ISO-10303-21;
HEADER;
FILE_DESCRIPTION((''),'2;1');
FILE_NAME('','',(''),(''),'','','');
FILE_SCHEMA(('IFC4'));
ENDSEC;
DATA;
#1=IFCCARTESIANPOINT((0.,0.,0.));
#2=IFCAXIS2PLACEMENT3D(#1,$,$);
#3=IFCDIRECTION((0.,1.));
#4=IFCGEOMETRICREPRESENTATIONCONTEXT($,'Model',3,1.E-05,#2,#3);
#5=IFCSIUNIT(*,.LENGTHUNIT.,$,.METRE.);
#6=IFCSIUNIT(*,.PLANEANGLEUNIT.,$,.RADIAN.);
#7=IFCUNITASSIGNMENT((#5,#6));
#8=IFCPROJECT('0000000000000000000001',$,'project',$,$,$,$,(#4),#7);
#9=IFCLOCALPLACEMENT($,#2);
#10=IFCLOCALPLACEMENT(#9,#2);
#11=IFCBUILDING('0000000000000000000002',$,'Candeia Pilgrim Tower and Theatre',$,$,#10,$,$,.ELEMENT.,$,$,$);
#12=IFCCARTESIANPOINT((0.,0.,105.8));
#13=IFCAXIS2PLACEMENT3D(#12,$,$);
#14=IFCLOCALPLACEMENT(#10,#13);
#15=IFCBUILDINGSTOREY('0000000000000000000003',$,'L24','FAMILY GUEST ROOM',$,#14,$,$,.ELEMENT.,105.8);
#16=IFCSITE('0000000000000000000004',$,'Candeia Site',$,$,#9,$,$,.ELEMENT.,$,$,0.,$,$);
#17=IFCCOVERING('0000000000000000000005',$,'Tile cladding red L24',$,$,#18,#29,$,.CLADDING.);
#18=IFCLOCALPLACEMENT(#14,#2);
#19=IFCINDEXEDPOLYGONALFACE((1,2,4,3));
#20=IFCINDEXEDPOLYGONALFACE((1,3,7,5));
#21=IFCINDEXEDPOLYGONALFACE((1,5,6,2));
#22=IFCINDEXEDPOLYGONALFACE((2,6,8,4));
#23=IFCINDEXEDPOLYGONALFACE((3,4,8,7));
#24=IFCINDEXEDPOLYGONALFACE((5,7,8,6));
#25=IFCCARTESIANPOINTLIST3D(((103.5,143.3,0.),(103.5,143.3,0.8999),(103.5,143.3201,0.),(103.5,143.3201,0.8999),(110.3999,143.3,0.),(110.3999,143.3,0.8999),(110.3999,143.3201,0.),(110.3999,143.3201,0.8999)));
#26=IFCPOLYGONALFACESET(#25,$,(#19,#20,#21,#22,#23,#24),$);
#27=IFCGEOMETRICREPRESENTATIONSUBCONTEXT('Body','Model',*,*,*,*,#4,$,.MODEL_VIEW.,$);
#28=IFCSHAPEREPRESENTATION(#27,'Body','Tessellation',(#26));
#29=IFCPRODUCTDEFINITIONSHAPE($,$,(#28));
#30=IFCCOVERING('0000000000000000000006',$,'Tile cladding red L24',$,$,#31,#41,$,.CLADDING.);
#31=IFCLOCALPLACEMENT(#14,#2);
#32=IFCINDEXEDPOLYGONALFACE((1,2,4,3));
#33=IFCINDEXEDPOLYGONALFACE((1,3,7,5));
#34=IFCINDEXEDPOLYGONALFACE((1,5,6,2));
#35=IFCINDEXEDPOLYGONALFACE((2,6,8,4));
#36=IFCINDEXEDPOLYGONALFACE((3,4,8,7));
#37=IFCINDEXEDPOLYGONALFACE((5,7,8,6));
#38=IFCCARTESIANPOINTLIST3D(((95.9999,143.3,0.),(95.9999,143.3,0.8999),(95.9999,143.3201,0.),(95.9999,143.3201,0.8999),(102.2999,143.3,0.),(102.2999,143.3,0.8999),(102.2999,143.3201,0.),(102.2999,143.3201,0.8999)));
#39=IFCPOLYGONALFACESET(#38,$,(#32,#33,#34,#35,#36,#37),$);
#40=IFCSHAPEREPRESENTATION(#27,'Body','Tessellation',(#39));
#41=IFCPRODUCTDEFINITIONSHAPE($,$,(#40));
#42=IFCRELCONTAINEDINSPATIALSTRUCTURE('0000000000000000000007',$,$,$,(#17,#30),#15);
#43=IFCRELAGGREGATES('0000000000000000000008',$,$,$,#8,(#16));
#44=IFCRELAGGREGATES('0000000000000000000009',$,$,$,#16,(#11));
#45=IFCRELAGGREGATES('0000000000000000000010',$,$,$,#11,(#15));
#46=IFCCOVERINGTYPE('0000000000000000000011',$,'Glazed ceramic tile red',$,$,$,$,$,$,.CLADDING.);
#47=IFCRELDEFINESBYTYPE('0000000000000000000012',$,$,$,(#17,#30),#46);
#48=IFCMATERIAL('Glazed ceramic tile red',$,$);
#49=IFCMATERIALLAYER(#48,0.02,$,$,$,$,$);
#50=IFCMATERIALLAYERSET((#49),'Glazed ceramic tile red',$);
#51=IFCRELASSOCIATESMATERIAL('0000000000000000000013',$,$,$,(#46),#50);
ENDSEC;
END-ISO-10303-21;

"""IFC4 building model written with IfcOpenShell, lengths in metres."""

from ifc_helpers import new_model, si_unit, direction, frame, origin, origin_2d, place, context, subcontext, project, spatial, rectangle, extrude, material, layer, layer_set, type_object, element, save


model = new_model("IFC4")

# Units and contexts
model_context = context("Model", 3, precision=1e-05, world=origin(), true_north=direction((0.0, 1.0)))
body_context = subcontext(model_context, "Body", "Model", "MODEL_VIEW")
ifc_project = project(units=[si_unit("LENGTHUNIT", "METRE"), si_unit("PLANEANGLEUNIT", "RADIAN")], contexts=[model_context])

# Site, building, storey
site_placement = place(None, origin())
site = spatial("IfcSite", under=ifc_project, at=site_placement, Name="Candeia Site", CompositionType="ELEMENT", RefElevation=0.0)
building_placement = place(site_placement, origin())
building = spatial("IfcBuilding", under=site, at=building_placement, Name="Candeia Pilgrim Tower and Theatre", CompositionType="ELEMENT")
storey_placement = place(building_placement, frame((0.0, 0.0, 105.8)))
storey = spatial("IfcBuildingStorey", under=building, at=storey_placement, Name="L24", Description="FAMILY GUEST ROOM", CompositionType="ELEMENT", Elevation=105.8)

# Coverings
ifc_material_1 = material(Name="Glazed ceramic tile red")
ifc_layer_1 = layer(ifc_material_1, 0.02)
ifc_layer_set_1 = layer_set([ifc_layer_1], Name="Glazed ceramic tile red")
covering_type = type_object("IfcCoveringType", Name="Glazed ceramic tile red", PredefinedType="CLADDING", material=ifc_layer_set_1)
covering_1_placement = place(storey_placement, frame((106.95, 143.3101, 0.0), z_axis=(0.0, 0.0, 1.0), x_axis=(-1.0, 0.0, 0.0)))
element("IfcCovering", 1, at=covering_1_placement, inside=storey, type_object=covering_type, Name="Tile cladding red L24", PredefinedType="CLADDING", context=body_context, shape_type="SweptSolid", body=[
    extrude(rectangle(XDim=6.8999, YDim=0.02, at=origin_2d()), origin(), (0.0, 0.0, 1.0), 0.8999),
])
covering_2_placement = place(storey_placement, frame((99.1499, 143.3101, 0.0), z_axis=(0.0, 0.0, 1.0), x_axis=(-1.0, 0.0, 0.0)))
element("IfcCovering", 2, at=covering_2_placement, inside=storey, type_object=covering_type, Name="Tile cladding red L24", PredefinedType="CLADDING", context=body_context, shape_type="SweptSolid", body=[
    extrude(rectangle(XDim=6.3, YDim=0.02, at=origin_2d()), origin(), (0.0, 0.0, 1.0), 0.8999),
])

save(model, "model.ifc")
